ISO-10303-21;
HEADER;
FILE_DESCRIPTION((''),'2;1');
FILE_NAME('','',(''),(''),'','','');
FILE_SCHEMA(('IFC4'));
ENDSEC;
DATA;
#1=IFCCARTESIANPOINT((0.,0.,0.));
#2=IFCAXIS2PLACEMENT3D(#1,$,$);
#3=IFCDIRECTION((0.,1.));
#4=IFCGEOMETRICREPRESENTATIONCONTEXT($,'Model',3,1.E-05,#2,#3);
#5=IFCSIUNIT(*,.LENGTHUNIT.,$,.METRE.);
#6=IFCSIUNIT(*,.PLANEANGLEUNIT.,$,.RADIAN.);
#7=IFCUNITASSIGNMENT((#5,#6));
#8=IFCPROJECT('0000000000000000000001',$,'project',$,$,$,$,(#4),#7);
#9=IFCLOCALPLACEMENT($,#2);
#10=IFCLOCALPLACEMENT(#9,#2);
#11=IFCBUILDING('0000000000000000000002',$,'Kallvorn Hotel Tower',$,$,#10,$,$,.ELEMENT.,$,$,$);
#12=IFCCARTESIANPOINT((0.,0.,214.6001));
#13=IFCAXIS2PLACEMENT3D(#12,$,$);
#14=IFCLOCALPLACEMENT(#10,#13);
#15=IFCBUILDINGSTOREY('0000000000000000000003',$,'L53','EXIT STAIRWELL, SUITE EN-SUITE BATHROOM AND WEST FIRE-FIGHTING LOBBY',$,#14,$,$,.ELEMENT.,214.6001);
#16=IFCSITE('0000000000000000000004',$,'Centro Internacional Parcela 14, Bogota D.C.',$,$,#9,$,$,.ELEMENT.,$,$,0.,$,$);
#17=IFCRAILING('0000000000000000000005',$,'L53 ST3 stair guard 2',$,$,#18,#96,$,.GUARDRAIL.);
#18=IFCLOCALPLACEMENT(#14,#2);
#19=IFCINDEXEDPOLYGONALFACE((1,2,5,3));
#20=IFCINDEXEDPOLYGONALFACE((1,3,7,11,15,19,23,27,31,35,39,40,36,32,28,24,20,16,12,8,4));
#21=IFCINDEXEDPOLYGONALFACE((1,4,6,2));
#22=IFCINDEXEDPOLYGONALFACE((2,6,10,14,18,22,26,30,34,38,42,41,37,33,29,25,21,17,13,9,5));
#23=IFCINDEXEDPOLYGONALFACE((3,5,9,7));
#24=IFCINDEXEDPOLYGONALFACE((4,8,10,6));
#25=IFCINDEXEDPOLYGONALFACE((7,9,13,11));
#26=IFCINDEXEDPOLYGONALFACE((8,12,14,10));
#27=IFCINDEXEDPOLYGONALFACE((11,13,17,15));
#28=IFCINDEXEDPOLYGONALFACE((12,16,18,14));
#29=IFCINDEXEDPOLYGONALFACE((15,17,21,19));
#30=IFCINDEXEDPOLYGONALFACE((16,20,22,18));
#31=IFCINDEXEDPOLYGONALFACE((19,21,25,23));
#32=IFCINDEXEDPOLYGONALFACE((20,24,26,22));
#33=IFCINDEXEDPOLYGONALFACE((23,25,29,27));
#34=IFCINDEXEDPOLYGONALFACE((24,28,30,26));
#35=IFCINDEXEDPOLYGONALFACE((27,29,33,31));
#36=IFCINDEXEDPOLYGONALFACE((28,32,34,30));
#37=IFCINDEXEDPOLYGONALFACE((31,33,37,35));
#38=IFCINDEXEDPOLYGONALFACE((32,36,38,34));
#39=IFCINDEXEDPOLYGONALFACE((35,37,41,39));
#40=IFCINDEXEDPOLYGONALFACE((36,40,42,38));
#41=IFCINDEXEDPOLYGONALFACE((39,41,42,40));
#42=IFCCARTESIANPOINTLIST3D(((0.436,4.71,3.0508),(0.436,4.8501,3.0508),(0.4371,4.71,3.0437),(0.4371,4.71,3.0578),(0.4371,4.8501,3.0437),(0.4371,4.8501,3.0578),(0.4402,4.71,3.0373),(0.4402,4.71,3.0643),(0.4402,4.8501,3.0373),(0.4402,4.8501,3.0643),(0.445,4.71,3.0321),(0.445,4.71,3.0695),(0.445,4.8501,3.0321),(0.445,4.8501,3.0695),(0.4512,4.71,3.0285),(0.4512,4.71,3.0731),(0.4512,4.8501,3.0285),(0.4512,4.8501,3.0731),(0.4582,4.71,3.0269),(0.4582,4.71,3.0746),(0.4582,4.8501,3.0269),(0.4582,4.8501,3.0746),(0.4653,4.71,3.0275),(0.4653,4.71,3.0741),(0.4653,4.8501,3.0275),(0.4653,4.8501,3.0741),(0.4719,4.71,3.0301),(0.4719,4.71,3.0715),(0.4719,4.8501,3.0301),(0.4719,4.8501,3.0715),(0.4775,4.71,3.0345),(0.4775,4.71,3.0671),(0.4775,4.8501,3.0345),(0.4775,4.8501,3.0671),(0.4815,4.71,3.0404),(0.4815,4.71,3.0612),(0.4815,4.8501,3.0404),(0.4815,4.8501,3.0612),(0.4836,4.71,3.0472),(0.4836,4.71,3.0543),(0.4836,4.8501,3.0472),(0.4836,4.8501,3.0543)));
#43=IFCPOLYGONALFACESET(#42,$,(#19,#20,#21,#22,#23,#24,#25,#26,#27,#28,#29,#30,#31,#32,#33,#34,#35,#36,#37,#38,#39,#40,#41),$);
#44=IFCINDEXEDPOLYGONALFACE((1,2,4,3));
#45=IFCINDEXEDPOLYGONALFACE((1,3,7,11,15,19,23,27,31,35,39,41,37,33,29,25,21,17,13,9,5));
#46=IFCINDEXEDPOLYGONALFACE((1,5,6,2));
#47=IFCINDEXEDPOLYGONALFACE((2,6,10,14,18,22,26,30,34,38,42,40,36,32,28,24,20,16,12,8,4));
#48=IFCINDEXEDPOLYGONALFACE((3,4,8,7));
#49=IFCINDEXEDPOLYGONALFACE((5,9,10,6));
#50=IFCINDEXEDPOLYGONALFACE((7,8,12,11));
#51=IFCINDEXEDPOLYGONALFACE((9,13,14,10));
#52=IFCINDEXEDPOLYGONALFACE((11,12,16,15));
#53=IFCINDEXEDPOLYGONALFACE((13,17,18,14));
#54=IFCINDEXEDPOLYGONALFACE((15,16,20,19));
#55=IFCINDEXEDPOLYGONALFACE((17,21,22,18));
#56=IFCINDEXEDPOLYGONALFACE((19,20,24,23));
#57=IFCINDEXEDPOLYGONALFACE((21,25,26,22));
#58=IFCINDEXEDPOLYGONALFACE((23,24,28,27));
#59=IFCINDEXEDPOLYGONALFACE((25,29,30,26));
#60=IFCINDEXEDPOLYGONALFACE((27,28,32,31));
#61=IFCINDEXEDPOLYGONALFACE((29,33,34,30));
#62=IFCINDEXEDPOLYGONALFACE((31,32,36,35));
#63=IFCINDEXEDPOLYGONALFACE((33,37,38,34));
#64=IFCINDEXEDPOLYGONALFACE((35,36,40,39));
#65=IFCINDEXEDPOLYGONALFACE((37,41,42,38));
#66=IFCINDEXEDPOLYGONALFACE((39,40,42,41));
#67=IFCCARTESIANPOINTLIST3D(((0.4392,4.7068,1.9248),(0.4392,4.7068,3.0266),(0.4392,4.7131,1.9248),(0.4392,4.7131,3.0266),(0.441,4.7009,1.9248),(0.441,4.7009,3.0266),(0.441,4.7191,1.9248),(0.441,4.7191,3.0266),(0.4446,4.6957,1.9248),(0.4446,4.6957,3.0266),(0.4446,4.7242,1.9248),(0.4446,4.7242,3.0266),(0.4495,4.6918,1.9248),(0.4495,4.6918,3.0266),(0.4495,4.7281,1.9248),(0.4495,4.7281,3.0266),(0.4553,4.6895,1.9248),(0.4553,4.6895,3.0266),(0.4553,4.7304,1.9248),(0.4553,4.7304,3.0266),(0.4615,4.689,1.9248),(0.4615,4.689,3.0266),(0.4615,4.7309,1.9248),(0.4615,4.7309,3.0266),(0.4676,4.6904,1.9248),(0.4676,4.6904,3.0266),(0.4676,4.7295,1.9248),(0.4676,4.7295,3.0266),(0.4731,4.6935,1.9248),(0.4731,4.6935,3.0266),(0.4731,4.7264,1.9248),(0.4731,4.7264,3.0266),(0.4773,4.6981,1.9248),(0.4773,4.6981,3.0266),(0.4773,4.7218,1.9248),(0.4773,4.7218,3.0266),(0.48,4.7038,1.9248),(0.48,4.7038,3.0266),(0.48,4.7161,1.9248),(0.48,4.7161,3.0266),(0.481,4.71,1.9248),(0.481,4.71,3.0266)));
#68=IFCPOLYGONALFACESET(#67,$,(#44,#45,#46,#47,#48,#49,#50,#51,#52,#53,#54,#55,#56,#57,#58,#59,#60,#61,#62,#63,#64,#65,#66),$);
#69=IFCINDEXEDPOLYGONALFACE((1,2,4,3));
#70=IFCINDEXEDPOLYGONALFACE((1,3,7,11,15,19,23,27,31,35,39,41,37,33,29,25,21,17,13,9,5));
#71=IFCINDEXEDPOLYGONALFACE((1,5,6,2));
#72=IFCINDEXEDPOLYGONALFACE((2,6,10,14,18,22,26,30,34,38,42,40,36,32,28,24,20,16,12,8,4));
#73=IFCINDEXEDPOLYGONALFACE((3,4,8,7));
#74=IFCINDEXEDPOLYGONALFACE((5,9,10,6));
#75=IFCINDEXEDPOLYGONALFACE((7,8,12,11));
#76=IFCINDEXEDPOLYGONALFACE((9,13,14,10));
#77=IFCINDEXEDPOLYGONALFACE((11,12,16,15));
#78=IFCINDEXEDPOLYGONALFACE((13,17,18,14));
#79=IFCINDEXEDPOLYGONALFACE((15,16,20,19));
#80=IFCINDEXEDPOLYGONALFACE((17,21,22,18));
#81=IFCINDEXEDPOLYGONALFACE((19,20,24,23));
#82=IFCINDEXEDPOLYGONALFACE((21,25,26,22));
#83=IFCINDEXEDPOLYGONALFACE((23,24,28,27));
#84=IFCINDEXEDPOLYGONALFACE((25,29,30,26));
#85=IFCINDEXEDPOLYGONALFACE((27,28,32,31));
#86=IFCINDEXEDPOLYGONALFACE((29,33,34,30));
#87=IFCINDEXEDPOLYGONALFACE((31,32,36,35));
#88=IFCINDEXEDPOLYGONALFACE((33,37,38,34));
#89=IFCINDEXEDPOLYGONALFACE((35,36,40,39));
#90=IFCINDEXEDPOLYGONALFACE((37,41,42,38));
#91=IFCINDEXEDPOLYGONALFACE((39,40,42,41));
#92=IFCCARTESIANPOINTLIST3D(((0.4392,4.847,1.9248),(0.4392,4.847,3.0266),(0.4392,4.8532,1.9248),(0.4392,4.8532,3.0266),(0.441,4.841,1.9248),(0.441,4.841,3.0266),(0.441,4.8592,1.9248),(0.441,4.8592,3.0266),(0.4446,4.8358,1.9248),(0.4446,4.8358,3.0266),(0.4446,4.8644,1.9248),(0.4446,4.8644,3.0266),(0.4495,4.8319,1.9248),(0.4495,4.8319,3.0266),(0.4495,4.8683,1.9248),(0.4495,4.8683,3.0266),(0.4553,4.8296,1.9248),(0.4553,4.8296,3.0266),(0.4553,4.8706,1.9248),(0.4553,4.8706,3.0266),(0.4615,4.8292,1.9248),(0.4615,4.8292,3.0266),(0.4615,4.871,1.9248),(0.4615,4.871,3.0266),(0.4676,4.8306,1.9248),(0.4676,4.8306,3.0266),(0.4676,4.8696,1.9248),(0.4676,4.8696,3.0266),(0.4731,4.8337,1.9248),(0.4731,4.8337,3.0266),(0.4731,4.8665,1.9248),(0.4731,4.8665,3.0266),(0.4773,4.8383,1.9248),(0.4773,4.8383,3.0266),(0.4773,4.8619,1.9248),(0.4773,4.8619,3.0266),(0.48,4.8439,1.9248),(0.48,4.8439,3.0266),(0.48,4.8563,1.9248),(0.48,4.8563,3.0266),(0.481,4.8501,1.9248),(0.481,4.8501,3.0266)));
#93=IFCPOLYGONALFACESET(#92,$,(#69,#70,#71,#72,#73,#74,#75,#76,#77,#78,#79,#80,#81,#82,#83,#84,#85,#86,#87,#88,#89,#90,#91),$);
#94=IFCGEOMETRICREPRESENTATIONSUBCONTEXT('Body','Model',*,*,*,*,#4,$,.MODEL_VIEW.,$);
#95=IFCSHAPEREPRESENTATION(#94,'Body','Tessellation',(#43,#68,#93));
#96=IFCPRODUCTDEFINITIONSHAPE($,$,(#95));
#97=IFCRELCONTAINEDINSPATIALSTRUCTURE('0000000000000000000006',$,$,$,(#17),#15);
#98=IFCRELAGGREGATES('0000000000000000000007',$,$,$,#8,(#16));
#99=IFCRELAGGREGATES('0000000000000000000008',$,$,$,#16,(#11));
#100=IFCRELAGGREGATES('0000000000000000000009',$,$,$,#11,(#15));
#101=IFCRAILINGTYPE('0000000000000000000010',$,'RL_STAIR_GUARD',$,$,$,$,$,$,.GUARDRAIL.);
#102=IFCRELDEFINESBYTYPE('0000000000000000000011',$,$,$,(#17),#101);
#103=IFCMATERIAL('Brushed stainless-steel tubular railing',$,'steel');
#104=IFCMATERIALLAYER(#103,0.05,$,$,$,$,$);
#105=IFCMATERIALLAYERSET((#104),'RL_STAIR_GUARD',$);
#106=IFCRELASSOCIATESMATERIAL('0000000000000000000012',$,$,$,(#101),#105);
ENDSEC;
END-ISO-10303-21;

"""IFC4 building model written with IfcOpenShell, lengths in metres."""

from ifc_helpers import new_model, si_unit, direction, frame, origin, origin_2d, place, context, subcontext, project, spatial, circle, extrude, material, layer, layer_set, type_object, element, save


model = new_model("IFC4")

# Units and contexts
model_context = context("Model", 3, precision=1e-05, world=origin(), true_north=direction((0.0, 1.0)))
body_context = subcontext(model_context, "Body", "Model", "MODEL_VIEW")
ifc_project = project(units=[si_unit("LENGTHUNIT", "METRE"), si_unit("PLANEANGLEUNIT", "RADIAN")], contexts=[model_context])

# Site, building, storey
site_placement = place(None, origin())
site = spatial("IfcSite", under=ifc_project, at=site_placement, Name="Centro Internacional Parcela 14, Bogota D.C.", CompositionType="ELEMENT", RefElevation=0.0)
building_placement = place(site_placement, origin())
building = spatial("IfcBuilding", under=site, at=building_placement, Name="Kallvorn Hotel Tower", CompositionType="ELEMENT")
storey_placement = place(building_placement, frame((0.0, 0.0, 214.6001)))
storey = spatial("IfcBuildingStorey", under=building, at=storey_placement, Name="L53", Description="EXIT STAIRWELL, SUITE EN-SUITE BATHROOM AND WEST FIRE-FIGHTING LOBBY", CompositionType="ELEMENT", Elevation=214.6001)

# Railing
ifc_material_1 = material(Name="Brushed stainless-steel tubular railing", Category="steel")
ifc_layer_1 = layer(ifc_material_1, 0.05)
ifc_layer_set_1 = layer_set([ifc_layer_1], Name="RL_STAIR_GUARD")
railing_type_1 = type_object("IfcRailingType", Name="RL_STAIR_GUARD", PredefinedType="GUARDRAIL", material=ifc_layer_set_1)
railing_1_placement = place(storey_placement, frame((0.46, 4.71, 1.9248)))
element("IfcRailing", 1, at=railing_1_placement, inside=storey, type_object=railing_type_1, Name="L53 ST3 stair guard 2", PredefinedType="GUARDRAIL", context=body_context, shape_type="SweptSolid", body=[
    extrude(circle(Radius=0.0239, at=origin_2d()), frame((0.0, 0.0, 1.126), z_axis=(0.0, 1.0, 0.0), x_axis=(-1.0, 0.0, 0.0)), (0.0, 0.0, 1.0), 0.1401),
    extrude(circle(Radius=0.021, at=origin_2d()), origin(), (0.0, 0.0, 1.0), 1.1018),
    extrude(circle(Radius=0.021, at=origin_2d()), frame((0.0, 0.1401, 0.0)), (0.0, 0.0, 1.0), 1.1018),
])

save(model, "model.ifc")
